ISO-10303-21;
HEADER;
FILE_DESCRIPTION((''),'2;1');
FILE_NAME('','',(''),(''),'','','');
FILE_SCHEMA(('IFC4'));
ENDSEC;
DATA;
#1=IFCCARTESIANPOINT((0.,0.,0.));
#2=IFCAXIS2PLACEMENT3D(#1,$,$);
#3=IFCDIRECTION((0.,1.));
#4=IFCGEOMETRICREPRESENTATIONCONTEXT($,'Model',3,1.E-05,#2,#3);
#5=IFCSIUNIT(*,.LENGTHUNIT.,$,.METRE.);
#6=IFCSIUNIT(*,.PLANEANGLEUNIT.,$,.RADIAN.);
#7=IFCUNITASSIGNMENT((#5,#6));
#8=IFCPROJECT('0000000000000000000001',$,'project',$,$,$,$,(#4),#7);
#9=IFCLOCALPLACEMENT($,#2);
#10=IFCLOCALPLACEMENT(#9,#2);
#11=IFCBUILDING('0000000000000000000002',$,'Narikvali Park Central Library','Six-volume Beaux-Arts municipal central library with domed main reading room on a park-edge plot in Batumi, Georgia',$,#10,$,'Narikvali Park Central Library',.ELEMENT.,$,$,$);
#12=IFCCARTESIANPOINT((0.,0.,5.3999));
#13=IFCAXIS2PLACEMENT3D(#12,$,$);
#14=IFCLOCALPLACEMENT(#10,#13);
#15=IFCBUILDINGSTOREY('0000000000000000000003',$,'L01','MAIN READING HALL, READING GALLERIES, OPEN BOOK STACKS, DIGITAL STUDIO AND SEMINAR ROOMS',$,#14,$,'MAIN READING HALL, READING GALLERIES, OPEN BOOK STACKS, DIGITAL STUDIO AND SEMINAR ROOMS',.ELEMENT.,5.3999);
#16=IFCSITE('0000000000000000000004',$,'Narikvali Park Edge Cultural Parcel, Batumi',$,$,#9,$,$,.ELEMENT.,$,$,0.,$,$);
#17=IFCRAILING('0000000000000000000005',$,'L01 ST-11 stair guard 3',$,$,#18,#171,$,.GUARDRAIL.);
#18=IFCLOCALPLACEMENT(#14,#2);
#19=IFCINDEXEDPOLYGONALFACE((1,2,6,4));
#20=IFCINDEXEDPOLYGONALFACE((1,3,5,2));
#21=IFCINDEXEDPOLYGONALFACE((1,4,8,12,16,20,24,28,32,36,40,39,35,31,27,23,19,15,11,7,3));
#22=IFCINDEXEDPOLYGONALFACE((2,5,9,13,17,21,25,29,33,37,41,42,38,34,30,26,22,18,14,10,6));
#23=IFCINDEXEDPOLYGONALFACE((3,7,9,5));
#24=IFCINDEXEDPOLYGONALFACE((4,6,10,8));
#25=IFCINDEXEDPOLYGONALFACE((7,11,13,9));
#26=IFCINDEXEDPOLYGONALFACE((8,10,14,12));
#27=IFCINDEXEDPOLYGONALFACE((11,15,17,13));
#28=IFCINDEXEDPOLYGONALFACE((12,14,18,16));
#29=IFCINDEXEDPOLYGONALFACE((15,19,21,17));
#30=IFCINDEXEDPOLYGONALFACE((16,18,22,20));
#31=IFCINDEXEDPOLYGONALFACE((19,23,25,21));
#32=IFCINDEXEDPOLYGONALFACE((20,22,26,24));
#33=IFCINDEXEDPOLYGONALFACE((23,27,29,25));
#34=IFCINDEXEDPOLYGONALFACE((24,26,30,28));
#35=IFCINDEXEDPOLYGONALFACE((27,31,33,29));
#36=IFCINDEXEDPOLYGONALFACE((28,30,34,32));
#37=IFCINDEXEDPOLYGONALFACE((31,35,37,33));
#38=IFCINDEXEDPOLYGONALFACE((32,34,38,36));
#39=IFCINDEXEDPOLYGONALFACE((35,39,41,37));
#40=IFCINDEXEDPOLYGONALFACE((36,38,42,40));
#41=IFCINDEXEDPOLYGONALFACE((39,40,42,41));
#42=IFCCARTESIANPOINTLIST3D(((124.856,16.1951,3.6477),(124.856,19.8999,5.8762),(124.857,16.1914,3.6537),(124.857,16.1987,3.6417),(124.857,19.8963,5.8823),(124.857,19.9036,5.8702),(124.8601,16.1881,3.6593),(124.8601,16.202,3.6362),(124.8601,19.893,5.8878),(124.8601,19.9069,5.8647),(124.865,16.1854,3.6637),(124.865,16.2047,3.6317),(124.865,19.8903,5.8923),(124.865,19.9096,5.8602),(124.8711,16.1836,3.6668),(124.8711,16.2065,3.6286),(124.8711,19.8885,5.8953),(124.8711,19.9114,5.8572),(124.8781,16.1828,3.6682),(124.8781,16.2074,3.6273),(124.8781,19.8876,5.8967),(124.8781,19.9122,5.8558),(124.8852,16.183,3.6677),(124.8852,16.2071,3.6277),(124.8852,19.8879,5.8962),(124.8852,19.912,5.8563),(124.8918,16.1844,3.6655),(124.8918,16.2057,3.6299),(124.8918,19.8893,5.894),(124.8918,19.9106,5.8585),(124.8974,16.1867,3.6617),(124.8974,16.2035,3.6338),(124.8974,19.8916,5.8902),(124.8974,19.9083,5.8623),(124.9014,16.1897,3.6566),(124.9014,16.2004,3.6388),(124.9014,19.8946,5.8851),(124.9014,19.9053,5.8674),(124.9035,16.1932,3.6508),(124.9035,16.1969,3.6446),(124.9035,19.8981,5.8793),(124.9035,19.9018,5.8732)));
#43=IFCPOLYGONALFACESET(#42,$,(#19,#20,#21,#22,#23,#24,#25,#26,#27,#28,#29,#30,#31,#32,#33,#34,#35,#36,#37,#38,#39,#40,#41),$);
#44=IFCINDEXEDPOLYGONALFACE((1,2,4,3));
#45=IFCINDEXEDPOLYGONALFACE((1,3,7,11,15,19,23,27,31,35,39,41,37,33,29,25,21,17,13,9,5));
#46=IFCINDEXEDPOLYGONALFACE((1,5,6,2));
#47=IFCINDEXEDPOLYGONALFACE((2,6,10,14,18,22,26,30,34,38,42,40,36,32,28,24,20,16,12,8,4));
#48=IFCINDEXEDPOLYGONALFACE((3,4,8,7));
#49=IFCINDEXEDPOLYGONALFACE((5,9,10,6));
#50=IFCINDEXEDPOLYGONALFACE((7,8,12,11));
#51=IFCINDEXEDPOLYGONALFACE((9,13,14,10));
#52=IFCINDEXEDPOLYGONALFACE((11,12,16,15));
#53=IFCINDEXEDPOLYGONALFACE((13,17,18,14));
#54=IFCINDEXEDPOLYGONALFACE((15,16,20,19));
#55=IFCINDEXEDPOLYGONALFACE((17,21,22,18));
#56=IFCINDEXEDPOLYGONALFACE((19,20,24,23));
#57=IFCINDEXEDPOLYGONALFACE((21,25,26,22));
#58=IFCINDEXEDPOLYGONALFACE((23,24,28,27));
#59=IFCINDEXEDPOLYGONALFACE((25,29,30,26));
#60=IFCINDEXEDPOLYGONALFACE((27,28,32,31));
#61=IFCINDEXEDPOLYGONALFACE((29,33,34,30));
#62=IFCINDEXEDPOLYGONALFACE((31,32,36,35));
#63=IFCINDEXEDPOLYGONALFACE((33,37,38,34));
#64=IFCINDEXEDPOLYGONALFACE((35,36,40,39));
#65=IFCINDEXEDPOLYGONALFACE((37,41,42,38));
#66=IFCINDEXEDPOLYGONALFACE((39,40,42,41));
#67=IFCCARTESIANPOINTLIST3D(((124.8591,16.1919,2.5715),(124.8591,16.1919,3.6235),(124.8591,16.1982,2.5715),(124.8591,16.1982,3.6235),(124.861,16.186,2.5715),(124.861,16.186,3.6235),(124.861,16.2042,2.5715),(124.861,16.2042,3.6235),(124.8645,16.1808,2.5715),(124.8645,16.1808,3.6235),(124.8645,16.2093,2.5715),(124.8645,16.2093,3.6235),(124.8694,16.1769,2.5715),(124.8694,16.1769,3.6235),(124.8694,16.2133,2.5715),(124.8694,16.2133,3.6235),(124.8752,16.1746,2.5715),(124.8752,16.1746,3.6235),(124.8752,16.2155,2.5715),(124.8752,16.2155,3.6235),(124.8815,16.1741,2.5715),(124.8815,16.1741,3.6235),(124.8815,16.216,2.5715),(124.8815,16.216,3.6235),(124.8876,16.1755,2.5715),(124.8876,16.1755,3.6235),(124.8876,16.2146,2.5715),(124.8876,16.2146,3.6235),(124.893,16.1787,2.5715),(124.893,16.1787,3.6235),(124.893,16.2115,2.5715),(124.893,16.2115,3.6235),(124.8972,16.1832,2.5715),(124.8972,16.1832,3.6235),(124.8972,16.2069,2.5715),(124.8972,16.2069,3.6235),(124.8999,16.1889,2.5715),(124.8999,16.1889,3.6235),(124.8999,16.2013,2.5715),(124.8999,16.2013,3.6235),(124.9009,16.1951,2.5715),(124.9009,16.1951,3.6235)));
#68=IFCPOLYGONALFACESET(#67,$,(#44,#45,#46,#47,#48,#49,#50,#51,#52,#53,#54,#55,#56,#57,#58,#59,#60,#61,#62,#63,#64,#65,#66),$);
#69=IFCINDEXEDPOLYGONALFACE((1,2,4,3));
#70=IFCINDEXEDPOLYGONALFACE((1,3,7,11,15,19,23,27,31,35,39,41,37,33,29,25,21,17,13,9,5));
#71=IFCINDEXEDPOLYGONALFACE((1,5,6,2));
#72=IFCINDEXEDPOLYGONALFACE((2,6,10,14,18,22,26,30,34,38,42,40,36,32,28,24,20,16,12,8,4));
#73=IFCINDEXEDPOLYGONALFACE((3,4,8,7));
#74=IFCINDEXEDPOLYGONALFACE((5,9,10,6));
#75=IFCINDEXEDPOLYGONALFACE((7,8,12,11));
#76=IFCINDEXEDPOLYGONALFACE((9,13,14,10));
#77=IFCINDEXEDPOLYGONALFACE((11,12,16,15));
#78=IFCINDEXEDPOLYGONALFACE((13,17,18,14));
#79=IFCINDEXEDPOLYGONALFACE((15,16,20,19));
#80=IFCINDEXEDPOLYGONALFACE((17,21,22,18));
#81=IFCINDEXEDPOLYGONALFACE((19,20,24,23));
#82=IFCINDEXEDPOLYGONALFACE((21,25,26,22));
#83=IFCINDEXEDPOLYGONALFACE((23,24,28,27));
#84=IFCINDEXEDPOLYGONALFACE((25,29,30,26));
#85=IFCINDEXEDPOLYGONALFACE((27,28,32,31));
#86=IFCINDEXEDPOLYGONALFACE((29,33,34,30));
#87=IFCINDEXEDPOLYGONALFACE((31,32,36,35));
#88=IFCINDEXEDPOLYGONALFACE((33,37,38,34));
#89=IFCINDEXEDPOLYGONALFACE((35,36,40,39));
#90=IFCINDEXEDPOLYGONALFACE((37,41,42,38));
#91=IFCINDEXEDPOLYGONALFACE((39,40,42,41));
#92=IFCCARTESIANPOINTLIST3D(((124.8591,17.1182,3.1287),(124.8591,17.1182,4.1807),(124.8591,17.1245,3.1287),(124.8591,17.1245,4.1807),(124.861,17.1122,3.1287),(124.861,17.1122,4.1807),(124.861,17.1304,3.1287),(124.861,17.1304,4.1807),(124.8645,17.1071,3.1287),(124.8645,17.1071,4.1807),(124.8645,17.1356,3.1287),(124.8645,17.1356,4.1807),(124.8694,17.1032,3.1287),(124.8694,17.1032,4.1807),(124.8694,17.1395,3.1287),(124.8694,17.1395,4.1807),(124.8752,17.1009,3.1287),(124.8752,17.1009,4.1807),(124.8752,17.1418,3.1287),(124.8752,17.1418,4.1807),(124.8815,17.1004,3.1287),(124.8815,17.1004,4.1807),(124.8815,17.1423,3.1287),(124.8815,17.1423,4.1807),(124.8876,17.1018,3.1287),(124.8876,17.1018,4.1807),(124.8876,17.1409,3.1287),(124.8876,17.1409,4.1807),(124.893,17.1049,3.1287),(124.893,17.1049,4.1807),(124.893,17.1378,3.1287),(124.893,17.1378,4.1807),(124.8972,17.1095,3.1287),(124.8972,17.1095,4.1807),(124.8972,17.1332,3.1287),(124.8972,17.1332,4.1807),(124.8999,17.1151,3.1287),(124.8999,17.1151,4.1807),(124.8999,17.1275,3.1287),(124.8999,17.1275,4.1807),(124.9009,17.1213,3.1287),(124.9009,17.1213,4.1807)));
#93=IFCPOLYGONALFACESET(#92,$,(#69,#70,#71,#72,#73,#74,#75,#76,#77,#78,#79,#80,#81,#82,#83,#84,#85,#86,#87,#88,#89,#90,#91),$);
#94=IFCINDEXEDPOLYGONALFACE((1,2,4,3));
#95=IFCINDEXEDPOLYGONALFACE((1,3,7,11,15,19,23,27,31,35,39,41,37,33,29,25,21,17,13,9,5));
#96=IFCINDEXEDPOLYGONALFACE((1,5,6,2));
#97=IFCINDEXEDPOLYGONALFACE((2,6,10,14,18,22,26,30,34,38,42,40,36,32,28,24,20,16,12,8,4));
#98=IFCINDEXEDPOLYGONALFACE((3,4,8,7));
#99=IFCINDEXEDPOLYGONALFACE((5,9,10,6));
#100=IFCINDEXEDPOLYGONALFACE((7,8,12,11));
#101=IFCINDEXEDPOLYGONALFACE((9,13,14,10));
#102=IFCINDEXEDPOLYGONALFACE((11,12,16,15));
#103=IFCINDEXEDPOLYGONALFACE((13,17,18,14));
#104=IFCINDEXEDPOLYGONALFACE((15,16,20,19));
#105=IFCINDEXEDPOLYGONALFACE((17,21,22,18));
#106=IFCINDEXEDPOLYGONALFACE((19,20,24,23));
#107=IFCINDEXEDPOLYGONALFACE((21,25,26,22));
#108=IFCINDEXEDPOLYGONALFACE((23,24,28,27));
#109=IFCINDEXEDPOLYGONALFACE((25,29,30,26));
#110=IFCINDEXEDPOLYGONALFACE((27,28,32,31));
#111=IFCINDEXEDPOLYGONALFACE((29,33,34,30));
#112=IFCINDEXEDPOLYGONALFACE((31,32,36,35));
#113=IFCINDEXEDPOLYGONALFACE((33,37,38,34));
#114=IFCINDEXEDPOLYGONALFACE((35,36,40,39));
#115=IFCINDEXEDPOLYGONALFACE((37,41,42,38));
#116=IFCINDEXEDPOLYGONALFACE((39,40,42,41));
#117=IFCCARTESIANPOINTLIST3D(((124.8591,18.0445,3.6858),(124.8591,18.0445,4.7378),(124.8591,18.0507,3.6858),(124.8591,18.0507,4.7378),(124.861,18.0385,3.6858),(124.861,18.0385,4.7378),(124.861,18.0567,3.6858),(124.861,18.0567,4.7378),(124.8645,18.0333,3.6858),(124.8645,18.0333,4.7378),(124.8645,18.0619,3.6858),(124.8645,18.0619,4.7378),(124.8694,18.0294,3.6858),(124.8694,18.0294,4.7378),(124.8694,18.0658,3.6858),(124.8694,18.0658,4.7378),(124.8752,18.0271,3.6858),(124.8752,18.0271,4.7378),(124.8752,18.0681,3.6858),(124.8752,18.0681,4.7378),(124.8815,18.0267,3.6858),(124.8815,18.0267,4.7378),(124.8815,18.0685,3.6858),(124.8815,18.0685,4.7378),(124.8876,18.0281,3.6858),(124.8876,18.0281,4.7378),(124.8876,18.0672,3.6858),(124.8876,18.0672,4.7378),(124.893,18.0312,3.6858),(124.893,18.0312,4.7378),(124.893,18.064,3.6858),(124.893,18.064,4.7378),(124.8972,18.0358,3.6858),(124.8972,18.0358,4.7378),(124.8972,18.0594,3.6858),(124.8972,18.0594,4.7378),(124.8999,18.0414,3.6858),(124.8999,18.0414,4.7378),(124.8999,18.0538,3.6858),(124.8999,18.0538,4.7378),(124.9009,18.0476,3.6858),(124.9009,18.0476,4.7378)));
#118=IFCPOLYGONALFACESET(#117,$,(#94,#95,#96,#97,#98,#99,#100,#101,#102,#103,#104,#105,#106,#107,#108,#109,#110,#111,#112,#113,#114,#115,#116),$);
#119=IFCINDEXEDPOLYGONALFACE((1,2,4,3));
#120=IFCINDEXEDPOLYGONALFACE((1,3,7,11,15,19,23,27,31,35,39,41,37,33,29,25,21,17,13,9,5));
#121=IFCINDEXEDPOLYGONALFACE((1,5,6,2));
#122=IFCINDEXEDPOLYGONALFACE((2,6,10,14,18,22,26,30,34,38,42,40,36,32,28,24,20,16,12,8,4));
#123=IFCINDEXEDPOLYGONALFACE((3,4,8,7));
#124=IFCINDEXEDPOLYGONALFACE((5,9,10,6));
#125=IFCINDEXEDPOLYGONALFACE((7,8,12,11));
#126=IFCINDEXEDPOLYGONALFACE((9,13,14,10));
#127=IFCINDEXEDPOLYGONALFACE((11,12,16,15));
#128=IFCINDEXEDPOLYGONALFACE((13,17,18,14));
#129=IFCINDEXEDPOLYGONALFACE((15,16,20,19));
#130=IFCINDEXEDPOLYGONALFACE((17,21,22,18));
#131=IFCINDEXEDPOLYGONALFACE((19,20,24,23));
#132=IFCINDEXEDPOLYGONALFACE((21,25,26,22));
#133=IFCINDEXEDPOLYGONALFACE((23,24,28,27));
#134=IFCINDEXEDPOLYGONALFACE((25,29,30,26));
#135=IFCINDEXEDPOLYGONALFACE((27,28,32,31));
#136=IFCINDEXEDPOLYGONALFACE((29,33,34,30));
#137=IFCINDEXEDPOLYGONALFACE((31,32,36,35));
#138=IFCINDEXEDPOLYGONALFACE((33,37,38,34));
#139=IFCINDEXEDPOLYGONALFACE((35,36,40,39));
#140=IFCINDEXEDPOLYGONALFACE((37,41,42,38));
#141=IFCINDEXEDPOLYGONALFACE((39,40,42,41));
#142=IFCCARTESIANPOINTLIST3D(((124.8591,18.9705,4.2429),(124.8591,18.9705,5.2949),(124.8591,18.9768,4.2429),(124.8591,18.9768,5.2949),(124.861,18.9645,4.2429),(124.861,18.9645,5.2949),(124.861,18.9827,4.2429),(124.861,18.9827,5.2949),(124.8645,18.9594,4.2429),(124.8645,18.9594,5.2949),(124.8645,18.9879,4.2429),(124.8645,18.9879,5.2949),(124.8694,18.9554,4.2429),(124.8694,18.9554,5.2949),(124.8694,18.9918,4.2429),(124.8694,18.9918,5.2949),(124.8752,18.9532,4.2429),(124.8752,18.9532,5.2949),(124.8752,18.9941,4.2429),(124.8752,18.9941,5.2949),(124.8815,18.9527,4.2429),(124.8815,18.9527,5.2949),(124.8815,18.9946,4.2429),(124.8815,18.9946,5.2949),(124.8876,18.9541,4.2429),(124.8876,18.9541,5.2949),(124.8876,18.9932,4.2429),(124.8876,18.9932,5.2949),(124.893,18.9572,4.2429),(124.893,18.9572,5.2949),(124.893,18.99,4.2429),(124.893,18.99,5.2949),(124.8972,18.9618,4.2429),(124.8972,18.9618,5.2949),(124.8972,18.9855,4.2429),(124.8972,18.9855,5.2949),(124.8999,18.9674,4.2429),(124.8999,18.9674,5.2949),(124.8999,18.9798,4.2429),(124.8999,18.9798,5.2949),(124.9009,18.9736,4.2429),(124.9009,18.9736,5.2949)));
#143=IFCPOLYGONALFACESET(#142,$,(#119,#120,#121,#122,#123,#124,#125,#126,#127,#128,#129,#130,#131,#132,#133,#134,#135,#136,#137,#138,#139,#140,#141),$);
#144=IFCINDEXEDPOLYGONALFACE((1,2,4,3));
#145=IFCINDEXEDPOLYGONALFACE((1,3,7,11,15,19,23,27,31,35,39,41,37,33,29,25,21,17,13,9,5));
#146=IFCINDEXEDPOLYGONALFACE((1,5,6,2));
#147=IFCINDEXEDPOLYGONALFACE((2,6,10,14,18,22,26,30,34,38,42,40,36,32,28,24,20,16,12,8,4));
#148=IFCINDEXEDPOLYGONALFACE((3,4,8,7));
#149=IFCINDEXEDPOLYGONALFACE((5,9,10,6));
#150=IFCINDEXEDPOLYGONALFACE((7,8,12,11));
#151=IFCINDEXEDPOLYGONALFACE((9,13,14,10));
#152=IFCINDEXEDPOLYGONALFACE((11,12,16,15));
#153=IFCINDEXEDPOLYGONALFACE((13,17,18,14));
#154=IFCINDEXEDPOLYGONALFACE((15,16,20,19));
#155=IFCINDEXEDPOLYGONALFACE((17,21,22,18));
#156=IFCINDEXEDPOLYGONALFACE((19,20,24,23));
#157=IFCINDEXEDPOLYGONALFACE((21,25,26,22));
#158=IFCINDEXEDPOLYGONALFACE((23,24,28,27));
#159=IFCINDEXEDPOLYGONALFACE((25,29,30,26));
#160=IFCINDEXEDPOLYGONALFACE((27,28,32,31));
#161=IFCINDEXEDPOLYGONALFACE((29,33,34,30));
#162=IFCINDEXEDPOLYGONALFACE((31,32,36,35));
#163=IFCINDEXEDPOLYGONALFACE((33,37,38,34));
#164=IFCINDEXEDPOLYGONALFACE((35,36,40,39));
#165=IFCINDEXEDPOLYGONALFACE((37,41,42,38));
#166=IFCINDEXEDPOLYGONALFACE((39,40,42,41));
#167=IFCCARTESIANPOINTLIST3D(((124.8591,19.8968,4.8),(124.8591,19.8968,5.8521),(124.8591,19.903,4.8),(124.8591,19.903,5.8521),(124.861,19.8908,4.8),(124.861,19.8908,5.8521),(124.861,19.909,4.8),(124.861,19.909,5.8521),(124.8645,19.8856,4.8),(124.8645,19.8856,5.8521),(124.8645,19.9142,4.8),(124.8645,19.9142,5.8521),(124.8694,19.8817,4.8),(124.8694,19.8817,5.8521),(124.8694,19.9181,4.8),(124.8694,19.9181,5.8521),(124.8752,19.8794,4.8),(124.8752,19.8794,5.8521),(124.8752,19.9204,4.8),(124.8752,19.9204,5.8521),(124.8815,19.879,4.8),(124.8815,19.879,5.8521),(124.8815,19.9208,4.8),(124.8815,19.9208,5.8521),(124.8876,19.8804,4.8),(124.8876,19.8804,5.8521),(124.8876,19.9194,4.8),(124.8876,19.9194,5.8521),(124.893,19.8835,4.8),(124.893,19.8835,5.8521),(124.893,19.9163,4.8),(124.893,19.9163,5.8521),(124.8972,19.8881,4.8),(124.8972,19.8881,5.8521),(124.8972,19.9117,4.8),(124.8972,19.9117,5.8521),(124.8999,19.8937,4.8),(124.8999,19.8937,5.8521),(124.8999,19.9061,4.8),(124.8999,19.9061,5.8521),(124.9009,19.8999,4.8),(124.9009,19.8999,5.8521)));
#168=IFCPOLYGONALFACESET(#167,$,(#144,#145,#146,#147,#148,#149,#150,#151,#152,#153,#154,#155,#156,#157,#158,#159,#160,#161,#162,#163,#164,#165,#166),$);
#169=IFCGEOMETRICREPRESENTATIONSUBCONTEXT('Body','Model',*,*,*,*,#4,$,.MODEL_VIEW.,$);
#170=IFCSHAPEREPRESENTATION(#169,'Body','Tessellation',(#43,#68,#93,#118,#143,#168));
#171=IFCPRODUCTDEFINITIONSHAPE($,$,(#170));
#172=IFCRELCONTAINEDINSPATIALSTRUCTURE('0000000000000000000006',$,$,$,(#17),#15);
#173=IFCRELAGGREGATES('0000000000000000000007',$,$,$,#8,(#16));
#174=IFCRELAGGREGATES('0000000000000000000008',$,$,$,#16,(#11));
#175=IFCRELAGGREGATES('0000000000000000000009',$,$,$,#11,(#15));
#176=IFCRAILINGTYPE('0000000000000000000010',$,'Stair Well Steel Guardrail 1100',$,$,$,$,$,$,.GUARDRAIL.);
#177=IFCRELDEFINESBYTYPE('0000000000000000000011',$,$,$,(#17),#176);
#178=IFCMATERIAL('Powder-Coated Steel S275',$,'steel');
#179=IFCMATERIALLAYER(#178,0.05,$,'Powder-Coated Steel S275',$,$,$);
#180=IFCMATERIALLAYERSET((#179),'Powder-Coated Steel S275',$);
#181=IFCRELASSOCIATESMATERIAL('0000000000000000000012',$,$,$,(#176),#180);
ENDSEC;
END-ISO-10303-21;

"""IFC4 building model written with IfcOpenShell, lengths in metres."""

from ifc_helpers import new_model, si_unit, direction, frame, origin, origin_2d, place, context, subcontext, project, spatial, circle, extrude, material, layer, layer_set, type_object, element, save


model = new_model("IFC4")

# Units and contexts
model_context = context("Model", 3, precision=1e-05, world=origin(), true_north=direction((0.0, 1.0)))
body_context = subcontext(model_context, "Body", "Model", "MODEL_VIEW")
ifc_project = project(units=[si_unit("LENGTHUNIT", "METRE"), si_unit("PLANEANGLEUNIT", "RADIAN")], contexts=[model_context])

# Site, building, storey
site_placement = place(None, origin())
site = spatial("IfcSite", under=ifc_project, at=site_placement, Name="Narikvali Park Edge Cultural Parcel, Batumi", CompositionType="ELEMENT", RefElevation=0.0)
building_placement = place(site_placement, origin())
building = spatial("IfcBuilding", under=site, at=building_placement, Name="Narikvali Park Central Library", Description="Six-volume Beaux-Arts municipal central library with domed main reading room on a park-edge plot in Batumi, Georgia", LongName="Narikvali Park Central Library", CompositionType="ELEMENT")
storey_placement = place(building_placement, frame((0.0, 0.0, 5.3999)))
storey = spatial("IfcBuildingStorey", under=building, at=storey_placement, Name="L01", Description="MAIN READING HALL, READING GALLERIES, OPEN BOOK STACKS, DIGITAL STUDIO AND SEMINAR ROOMS", LongName="MAIN READING HALL, READING GALLERIES, OPEN BOOK STACKS, DIGITAL STUDIO AND SEMINAR ROOMS", CompositionType="ELEMENT", Elevation=5.3999)

# Railing
ifc_material_1 = material(Name="Powder-Coated Steel S275", Category="steel")
ifc_layer_1 = layer(ifc_material_1, 0.05, Name="Powder-Coated Steel S275")
ifc_layer_set_1 = layer_set([ifc_layer_1], Name="Powder-Coated Steel S275")
railing_type_1 = type_object("IfcRailingType", Name="Stair Well Steel Guardrail 1100", PredefinedType="GUARDRAIL", material=ifc_layer_set_1)
railing_1_placement = place(storey_placement, frame((124.8799, 16.1951, 2.5715)))
element("IfcRailing", 1, at=railing_1_placement, inside=storey, type_object=railing_type_1, Name="L01 ST-11 stair guard 3", PredefinedType="GUARDRAIL", context=body_context, shape_type="SweptSolid", body=[
    extrude(circle(Radius=0.0239, at=origin_2d()), frame((0.0, 0.0, 1.0762), z_axis=(0.0, 0.856919, 0.51545), x_axis=(-1.0, 0.0, 0.0)), (0.0, 0.0, 1.0), 4.3235),
    extrude(circle(Radius=0.021, at=origin_2d()), origin(), (0.0, 0.0, 1.0), 1.052),
    extrude(circle(Radius=0.021, at=origin_2d()), frame((0.0, 0.9263, 0.5571)), (0.0, 0.0, 1.0), 1.052),
    extrude(circle(Radius=0.021, at=origin_2d()), frame((0.0, 1.8525, 1.1143)), (0.0, 0.0, 1.0), 1.052),
    extrude(circle(Radius=0.021, at=origin_2d()), frame((0.0, 2.7786, 1.6714)), (0.0, 0.0, 1.0), 1.052),
    extrude(circle(Radius=0.021, at=origin_2d()), frame((0.0, 3.7048, 2.2285)), (0.0, 0.0, 1.0), 1.052),
])

save(model, "model.ifc")
